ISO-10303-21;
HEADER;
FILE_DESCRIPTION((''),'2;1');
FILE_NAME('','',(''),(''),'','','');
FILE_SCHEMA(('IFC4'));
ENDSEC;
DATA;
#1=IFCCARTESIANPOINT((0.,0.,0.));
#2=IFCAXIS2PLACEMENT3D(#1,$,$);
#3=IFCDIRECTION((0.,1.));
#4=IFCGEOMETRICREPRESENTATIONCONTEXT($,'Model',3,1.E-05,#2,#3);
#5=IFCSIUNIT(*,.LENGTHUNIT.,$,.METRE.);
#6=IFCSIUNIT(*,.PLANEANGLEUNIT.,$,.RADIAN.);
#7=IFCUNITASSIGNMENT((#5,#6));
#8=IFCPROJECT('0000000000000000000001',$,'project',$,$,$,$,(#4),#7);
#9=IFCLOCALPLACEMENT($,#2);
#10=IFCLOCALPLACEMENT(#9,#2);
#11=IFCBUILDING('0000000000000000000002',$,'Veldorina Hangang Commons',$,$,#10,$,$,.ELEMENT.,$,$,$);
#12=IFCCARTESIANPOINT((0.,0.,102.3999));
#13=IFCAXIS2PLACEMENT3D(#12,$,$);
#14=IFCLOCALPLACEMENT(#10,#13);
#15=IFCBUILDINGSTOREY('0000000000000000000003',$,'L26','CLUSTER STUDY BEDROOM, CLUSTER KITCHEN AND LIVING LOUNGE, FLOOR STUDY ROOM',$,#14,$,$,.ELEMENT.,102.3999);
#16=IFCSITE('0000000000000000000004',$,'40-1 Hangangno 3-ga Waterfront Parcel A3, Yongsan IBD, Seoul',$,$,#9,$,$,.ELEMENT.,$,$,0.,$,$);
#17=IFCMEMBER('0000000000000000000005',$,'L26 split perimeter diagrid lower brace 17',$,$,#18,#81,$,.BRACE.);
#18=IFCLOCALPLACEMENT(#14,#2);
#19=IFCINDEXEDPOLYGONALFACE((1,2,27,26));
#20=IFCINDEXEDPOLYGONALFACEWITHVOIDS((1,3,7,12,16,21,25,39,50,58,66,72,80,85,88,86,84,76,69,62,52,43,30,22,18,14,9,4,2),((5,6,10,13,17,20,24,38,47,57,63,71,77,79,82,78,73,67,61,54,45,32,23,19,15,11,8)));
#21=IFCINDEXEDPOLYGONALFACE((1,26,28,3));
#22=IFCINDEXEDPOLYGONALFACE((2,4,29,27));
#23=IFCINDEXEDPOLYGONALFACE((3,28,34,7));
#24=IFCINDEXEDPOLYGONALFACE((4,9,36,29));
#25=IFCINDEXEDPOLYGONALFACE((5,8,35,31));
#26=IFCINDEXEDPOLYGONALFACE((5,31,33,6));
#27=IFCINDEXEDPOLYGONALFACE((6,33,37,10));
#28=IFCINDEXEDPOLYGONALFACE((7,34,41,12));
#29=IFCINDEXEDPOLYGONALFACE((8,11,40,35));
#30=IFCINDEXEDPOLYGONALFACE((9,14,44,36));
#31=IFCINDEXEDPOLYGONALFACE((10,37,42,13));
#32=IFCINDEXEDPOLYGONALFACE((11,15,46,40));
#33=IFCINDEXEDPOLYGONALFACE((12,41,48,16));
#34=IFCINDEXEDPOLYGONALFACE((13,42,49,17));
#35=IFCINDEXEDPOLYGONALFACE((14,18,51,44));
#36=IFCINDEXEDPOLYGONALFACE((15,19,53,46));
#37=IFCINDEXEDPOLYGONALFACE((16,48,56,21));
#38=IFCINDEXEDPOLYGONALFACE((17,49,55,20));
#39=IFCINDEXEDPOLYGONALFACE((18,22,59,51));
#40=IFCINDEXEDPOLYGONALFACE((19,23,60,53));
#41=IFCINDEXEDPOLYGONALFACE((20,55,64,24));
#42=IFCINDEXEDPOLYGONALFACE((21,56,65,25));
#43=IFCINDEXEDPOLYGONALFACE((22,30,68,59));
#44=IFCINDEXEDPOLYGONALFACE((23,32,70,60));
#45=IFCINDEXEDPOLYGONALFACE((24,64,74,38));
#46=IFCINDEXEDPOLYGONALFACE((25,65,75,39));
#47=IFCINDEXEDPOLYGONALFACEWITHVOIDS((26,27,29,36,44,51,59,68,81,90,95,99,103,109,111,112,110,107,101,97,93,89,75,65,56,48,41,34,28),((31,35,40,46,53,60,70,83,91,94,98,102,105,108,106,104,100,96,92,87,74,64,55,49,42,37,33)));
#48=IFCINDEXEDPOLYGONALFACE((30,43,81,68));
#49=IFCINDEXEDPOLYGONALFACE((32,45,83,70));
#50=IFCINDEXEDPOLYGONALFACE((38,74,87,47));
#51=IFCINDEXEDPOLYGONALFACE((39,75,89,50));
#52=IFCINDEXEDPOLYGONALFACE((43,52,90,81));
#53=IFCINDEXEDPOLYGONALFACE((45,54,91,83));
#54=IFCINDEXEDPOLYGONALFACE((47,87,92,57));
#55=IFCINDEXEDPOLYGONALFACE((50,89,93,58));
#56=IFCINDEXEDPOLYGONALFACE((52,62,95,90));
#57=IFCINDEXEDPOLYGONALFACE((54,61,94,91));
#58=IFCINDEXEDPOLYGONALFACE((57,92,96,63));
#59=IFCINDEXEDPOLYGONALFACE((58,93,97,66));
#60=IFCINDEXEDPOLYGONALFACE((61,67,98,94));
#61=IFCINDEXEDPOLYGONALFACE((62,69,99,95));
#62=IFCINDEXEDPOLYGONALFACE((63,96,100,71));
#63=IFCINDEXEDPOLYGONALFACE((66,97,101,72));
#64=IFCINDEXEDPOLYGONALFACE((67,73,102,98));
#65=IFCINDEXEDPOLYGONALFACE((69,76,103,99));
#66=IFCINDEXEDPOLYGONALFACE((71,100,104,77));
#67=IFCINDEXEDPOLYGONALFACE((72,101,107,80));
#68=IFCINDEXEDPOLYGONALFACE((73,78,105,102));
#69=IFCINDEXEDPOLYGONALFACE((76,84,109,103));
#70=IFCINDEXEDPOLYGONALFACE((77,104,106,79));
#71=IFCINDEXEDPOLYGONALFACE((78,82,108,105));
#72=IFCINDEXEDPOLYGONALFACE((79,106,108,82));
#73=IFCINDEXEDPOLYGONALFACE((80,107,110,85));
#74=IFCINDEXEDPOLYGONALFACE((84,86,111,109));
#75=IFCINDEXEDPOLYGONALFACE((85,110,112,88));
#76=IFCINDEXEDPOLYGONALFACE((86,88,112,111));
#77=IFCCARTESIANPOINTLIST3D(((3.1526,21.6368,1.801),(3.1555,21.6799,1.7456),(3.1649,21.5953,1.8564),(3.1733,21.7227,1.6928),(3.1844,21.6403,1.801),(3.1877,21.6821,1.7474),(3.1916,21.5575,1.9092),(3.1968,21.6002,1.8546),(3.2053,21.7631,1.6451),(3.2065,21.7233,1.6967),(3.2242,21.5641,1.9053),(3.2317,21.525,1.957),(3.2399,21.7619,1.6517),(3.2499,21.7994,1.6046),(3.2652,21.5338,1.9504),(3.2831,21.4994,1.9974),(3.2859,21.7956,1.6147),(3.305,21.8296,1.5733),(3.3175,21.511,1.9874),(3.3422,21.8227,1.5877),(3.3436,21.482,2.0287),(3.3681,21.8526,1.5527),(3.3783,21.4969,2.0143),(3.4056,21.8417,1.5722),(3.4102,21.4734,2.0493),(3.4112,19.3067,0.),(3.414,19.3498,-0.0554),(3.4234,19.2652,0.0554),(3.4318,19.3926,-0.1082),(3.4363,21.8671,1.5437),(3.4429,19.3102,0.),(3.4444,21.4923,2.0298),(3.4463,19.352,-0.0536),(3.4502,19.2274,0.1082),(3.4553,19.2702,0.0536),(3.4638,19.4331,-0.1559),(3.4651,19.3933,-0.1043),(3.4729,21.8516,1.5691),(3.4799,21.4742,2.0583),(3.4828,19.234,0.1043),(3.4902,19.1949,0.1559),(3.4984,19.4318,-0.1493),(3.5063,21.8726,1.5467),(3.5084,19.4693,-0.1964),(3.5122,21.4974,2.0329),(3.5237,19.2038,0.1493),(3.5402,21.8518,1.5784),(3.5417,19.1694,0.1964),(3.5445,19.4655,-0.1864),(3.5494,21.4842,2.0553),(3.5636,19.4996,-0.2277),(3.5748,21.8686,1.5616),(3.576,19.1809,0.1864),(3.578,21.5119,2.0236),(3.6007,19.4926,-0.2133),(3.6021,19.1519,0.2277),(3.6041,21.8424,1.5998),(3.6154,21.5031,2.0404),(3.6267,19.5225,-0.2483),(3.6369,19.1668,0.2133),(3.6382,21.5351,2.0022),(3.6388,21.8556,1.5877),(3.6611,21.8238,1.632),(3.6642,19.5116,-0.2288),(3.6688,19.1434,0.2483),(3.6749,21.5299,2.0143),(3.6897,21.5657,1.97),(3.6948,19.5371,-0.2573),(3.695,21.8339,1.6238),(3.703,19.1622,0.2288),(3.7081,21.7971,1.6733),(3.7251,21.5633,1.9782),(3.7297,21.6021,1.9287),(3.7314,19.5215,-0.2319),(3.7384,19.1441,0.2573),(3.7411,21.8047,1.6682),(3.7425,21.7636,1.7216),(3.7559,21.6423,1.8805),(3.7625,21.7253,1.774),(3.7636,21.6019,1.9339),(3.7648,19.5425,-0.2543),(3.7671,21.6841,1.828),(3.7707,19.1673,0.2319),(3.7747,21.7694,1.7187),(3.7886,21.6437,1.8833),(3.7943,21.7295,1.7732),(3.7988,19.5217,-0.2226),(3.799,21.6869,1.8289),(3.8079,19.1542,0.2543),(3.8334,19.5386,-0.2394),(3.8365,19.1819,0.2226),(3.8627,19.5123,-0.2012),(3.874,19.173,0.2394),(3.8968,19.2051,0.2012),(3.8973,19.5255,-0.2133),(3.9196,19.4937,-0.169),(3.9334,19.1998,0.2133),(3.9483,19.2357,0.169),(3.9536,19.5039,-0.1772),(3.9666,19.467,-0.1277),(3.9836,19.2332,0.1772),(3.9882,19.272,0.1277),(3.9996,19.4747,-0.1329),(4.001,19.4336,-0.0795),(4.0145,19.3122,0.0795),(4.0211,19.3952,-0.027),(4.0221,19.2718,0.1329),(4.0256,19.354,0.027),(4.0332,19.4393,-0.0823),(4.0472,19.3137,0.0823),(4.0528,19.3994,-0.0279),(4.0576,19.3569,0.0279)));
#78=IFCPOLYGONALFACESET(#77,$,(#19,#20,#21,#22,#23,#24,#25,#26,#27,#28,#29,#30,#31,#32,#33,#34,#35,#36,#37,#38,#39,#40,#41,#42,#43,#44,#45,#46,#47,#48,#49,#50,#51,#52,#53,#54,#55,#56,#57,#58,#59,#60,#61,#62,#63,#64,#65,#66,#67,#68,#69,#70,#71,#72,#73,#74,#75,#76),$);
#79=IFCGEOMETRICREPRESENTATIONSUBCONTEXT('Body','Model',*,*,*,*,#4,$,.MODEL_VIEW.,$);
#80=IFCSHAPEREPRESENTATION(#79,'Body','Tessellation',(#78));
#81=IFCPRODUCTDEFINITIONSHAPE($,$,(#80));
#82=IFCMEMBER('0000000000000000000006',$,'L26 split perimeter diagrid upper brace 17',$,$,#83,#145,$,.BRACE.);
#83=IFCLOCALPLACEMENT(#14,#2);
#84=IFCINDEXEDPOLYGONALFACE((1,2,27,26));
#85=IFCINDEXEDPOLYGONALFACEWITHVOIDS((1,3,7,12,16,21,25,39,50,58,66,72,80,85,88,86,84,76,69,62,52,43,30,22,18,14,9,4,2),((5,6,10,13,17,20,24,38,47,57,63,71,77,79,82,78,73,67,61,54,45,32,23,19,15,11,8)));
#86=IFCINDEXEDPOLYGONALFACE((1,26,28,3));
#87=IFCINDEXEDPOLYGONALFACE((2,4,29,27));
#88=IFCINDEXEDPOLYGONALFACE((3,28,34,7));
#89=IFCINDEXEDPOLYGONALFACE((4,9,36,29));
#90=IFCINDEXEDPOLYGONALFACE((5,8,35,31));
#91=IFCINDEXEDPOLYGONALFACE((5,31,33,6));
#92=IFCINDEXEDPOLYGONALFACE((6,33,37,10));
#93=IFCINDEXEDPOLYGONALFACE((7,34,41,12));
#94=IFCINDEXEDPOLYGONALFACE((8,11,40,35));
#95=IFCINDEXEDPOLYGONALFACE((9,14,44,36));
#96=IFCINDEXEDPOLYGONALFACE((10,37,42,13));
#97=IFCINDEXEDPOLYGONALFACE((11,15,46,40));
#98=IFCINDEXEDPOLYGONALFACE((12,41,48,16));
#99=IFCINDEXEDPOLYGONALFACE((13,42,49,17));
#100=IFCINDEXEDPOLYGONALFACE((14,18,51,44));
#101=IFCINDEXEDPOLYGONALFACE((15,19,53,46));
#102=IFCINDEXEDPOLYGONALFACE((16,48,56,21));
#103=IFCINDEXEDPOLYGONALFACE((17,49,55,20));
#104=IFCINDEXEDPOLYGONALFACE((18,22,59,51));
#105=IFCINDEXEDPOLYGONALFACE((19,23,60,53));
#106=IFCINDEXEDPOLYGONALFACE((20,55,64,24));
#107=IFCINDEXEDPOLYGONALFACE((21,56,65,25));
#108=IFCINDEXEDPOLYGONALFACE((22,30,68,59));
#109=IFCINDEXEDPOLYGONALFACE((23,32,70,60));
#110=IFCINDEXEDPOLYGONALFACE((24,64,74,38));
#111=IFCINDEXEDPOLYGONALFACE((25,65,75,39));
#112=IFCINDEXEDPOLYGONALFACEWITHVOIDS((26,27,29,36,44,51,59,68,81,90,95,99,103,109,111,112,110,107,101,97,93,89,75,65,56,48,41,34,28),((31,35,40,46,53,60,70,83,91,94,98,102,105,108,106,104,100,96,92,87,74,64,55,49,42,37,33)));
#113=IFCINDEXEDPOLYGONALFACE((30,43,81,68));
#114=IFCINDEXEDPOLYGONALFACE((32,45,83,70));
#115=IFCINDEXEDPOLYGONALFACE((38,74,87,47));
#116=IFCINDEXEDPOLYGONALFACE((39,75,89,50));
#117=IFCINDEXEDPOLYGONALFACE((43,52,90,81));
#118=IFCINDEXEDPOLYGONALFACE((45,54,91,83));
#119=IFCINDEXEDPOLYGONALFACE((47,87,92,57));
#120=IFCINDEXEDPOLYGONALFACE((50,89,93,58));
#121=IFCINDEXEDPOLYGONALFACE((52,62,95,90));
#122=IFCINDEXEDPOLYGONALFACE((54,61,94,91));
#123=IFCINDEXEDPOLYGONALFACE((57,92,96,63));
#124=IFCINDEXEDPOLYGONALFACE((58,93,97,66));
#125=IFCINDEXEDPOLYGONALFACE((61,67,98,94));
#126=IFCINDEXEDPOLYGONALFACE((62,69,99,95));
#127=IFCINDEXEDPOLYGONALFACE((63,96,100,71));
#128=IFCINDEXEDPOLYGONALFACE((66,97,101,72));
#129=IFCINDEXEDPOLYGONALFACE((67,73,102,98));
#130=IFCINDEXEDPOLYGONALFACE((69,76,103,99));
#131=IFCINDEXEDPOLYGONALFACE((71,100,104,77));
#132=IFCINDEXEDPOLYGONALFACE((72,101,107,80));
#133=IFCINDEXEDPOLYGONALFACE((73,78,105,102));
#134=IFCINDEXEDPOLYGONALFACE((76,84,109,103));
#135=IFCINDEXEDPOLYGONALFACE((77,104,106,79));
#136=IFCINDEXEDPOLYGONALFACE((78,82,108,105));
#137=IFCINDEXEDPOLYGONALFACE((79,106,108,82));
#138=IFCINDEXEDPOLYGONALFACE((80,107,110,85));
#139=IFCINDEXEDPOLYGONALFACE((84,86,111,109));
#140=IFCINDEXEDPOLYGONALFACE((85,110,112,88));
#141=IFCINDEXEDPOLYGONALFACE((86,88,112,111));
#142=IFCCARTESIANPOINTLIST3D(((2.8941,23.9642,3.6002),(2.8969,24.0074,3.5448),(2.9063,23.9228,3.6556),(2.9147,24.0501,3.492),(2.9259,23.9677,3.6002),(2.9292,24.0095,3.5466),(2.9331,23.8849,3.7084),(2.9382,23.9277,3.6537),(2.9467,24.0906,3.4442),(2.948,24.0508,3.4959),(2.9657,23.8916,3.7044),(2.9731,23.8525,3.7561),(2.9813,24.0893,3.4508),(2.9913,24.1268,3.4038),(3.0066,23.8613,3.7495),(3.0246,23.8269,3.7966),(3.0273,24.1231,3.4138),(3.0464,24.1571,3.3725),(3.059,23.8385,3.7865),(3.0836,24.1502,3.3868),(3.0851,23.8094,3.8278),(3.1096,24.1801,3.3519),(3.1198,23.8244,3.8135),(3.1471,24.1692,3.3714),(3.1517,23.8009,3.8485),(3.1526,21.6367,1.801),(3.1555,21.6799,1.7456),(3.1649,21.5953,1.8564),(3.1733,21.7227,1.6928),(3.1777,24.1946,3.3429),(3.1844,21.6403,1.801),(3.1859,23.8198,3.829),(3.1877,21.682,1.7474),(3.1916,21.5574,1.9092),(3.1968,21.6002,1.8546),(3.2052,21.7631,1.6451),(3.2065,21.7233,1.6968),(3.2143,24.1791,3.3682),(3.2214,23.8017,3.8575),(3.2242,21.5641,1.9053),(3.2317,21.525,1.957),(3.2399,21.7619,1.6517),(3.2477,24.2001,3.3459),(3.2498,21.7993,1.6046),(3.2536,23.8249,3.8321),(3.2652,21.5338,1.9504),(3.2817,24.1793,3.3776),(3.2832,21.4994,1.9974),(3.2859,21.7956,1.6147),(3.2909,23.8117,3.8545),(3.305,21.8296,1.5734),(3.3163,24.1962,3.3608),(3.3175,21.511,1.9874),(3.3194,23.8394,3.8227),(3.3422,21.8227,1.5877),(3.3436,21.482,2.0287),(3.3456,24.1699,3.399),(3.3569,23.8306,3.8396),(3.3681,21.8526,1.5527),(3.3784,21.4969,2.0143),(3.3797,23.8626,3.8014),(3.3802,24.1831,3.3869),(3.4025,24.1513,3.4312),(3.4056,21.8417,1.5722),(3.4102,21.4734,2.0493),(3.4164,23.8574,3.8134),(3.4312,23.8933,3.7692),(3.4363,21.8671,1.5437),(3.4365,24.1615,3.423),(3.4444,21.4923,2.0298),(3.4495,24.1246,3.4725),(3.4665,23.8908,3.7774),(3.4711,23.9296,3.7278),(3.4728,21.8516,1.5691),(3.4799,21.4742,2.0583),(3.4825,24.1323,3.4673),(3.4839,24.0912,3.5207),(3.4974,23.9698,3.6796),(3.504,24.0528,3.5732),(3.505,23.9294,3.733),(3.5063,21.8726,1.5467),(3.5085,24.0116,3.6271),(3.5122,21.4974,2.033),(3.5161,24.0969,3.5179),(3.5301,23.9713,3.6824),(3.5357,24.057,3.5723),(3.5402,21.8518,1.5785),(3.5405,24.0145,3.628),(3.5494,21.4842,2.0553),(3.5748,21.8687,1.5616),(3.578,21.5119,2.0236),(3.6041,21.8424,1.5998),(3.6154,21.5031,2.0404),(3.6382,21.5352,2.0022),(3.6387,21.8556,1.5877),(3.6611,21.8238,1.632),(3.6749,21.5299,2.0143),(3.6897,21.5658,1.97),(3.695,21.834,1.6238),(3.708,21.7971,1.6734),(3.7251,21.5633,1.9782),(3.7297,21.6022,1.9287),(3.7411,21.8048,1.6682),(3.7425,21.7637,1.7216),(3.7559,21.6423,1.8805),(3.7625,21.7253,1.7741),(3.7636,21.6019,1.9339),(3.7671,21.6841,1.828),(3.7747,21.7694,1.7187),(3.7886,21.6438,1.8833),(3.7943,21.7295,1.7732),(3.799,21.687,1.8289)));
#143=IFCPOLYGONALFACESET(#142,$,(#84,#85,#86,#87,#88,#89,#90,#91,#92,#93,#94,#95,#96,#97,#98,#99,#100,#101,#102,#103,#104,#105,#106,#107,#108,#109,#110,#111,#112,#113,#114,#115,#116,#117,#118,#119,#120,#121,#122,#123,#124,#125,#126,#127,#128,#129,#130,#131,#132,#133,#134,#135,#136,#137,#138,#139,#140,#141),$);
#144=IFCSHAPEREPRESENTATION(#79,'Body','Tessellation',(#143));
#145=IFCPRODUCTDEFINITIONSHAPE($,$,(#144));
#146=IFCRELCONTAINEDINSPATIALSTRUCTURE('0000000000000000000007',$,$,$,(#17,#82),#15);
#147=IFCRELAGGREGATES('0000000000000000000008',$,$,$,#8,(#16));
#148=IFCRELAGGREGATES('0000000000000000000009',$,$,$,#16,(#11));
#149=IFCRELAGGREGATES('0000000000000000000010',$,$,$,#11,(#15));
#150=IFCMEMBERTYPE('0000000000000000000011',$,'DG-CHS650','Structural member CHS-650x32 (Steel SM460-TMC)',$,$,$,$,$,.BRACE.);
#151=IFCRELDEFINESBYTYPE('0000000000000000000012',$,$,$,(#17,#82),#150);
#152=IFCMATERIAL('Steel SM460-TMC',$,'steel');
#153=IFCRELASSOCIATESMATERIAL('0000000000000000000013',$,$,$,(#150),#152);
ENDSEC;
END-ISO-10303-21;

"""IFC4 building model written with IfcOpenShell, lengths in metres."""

from ifc_helpers import new_model, si_unit, direction, frame, origin, origin_2d, place, context, subcontext, project, spatial, hollow_circle, extrude, material, material_profile, profile_set, type_object, element, save


model = new_model("IFC4")

# Units and contexts
model_context = context("Model", 3, precision=1e-05, world=origin(), true_north=direction((0.0, 1.0)))
body_context = subcontext(model_context, "Body", "Model", "MODEL_VIEW")
ifc_project = project(units=[si_unit("LENGTHUNIT", "METRE"), si_unit("PLANEANGLEUNIT", "RADIAN")], contexts=[model_context])

# Site, building, storey
site_placement = place(None, origin())
site = spatial("IfcSite", under=ifc_project, at=site_placement, Name="40-1 Hangangno 3-ga Waterfront Parcel A3, Yongsan IBD, Seoul", CompositionType="ELEMENT", RefElevation=0.0)
building_placement = place(site_placement, origin())
building = spatial("IfcBuilding", under=site, at=building_placement, Name="Veldorina Hangang Commons", CompositionType="ELEMENT")
storey_placement = place(building_placement, frame((0.0, 0.0, 102.3999)))
storey = spatial("IfcBuildingStorey", under=building, at=storey_placement, Name="L26", Description="CLUSTER STUDY BEDROOM, CLUSTER KITCHEN AND LIVING LOUNGE, FLOOR STUDY ROOM", CompositionType="ELEMENT", Elevation=102.3999)

# Members
ifc_material_1 = material(Name="Steel SM460-TMC", Category="steel")
ifc_material_profile_1 = material_profile(ifc_material_1, hollow_circle(Radius=0.325, WallThickness=0.032, at=origin_2d()), Name="CHS-650x32")
ifc_profile_set_1 = profile_set([ifc_material_profile_1], Name="Steel SM460-TMC")
member_type_1 = type_object("IfcMemberType", Name="DG-CHS650", Description="Structural member CHS-650x32 (Steel SM460-TMC)", PredefinedType="BRACE", material=ifc_profile_set_1)
member_1_placement = place(storey_placement, frame((3.7341, 19.3425, 0.0), z_axis=(-0.087455, 0.78817, 0.609213), x_axis=(-0.9939, -0.110283, 0.0)))
element("IfcMember", 1, at=member_1_placement, inside=storey, type_object=member_type_1, Name="L26 split perimeter diagrid lower brace 17", PredefinedType="BRACE", context=body_context, shape_type="SweptSolid", body=[
    extrude(hollow_circle(Radius=0.325, WallThickness=0.032, at=origin_2d()), origin(), (0.0, 0.0, 1.0), 2.9563),
])
member_2_placement = place(storey_placement, frame((3.4756, 21.6726, 1.801), z_axis=(-0.087553, 0.788143, 0.609234), x_axis=(-0.993886, -0.110409, 0.0)))
element("IfcMember", 2, at=member_2_placement, inside=storey, type_object=member_type_1, Name="L26 split perimeter diagrid upper brace 17", PredefinedType="BRACE", context=body_context, shape_type="SweptSolid", body=[
    extrude(hollow_circle(Radius=0.325, WallThickness=0.032, at=origin_2d()), origin(), (0.0, 0.0, 1.0), 2.9531),
])

save(model, "model.ifc")
